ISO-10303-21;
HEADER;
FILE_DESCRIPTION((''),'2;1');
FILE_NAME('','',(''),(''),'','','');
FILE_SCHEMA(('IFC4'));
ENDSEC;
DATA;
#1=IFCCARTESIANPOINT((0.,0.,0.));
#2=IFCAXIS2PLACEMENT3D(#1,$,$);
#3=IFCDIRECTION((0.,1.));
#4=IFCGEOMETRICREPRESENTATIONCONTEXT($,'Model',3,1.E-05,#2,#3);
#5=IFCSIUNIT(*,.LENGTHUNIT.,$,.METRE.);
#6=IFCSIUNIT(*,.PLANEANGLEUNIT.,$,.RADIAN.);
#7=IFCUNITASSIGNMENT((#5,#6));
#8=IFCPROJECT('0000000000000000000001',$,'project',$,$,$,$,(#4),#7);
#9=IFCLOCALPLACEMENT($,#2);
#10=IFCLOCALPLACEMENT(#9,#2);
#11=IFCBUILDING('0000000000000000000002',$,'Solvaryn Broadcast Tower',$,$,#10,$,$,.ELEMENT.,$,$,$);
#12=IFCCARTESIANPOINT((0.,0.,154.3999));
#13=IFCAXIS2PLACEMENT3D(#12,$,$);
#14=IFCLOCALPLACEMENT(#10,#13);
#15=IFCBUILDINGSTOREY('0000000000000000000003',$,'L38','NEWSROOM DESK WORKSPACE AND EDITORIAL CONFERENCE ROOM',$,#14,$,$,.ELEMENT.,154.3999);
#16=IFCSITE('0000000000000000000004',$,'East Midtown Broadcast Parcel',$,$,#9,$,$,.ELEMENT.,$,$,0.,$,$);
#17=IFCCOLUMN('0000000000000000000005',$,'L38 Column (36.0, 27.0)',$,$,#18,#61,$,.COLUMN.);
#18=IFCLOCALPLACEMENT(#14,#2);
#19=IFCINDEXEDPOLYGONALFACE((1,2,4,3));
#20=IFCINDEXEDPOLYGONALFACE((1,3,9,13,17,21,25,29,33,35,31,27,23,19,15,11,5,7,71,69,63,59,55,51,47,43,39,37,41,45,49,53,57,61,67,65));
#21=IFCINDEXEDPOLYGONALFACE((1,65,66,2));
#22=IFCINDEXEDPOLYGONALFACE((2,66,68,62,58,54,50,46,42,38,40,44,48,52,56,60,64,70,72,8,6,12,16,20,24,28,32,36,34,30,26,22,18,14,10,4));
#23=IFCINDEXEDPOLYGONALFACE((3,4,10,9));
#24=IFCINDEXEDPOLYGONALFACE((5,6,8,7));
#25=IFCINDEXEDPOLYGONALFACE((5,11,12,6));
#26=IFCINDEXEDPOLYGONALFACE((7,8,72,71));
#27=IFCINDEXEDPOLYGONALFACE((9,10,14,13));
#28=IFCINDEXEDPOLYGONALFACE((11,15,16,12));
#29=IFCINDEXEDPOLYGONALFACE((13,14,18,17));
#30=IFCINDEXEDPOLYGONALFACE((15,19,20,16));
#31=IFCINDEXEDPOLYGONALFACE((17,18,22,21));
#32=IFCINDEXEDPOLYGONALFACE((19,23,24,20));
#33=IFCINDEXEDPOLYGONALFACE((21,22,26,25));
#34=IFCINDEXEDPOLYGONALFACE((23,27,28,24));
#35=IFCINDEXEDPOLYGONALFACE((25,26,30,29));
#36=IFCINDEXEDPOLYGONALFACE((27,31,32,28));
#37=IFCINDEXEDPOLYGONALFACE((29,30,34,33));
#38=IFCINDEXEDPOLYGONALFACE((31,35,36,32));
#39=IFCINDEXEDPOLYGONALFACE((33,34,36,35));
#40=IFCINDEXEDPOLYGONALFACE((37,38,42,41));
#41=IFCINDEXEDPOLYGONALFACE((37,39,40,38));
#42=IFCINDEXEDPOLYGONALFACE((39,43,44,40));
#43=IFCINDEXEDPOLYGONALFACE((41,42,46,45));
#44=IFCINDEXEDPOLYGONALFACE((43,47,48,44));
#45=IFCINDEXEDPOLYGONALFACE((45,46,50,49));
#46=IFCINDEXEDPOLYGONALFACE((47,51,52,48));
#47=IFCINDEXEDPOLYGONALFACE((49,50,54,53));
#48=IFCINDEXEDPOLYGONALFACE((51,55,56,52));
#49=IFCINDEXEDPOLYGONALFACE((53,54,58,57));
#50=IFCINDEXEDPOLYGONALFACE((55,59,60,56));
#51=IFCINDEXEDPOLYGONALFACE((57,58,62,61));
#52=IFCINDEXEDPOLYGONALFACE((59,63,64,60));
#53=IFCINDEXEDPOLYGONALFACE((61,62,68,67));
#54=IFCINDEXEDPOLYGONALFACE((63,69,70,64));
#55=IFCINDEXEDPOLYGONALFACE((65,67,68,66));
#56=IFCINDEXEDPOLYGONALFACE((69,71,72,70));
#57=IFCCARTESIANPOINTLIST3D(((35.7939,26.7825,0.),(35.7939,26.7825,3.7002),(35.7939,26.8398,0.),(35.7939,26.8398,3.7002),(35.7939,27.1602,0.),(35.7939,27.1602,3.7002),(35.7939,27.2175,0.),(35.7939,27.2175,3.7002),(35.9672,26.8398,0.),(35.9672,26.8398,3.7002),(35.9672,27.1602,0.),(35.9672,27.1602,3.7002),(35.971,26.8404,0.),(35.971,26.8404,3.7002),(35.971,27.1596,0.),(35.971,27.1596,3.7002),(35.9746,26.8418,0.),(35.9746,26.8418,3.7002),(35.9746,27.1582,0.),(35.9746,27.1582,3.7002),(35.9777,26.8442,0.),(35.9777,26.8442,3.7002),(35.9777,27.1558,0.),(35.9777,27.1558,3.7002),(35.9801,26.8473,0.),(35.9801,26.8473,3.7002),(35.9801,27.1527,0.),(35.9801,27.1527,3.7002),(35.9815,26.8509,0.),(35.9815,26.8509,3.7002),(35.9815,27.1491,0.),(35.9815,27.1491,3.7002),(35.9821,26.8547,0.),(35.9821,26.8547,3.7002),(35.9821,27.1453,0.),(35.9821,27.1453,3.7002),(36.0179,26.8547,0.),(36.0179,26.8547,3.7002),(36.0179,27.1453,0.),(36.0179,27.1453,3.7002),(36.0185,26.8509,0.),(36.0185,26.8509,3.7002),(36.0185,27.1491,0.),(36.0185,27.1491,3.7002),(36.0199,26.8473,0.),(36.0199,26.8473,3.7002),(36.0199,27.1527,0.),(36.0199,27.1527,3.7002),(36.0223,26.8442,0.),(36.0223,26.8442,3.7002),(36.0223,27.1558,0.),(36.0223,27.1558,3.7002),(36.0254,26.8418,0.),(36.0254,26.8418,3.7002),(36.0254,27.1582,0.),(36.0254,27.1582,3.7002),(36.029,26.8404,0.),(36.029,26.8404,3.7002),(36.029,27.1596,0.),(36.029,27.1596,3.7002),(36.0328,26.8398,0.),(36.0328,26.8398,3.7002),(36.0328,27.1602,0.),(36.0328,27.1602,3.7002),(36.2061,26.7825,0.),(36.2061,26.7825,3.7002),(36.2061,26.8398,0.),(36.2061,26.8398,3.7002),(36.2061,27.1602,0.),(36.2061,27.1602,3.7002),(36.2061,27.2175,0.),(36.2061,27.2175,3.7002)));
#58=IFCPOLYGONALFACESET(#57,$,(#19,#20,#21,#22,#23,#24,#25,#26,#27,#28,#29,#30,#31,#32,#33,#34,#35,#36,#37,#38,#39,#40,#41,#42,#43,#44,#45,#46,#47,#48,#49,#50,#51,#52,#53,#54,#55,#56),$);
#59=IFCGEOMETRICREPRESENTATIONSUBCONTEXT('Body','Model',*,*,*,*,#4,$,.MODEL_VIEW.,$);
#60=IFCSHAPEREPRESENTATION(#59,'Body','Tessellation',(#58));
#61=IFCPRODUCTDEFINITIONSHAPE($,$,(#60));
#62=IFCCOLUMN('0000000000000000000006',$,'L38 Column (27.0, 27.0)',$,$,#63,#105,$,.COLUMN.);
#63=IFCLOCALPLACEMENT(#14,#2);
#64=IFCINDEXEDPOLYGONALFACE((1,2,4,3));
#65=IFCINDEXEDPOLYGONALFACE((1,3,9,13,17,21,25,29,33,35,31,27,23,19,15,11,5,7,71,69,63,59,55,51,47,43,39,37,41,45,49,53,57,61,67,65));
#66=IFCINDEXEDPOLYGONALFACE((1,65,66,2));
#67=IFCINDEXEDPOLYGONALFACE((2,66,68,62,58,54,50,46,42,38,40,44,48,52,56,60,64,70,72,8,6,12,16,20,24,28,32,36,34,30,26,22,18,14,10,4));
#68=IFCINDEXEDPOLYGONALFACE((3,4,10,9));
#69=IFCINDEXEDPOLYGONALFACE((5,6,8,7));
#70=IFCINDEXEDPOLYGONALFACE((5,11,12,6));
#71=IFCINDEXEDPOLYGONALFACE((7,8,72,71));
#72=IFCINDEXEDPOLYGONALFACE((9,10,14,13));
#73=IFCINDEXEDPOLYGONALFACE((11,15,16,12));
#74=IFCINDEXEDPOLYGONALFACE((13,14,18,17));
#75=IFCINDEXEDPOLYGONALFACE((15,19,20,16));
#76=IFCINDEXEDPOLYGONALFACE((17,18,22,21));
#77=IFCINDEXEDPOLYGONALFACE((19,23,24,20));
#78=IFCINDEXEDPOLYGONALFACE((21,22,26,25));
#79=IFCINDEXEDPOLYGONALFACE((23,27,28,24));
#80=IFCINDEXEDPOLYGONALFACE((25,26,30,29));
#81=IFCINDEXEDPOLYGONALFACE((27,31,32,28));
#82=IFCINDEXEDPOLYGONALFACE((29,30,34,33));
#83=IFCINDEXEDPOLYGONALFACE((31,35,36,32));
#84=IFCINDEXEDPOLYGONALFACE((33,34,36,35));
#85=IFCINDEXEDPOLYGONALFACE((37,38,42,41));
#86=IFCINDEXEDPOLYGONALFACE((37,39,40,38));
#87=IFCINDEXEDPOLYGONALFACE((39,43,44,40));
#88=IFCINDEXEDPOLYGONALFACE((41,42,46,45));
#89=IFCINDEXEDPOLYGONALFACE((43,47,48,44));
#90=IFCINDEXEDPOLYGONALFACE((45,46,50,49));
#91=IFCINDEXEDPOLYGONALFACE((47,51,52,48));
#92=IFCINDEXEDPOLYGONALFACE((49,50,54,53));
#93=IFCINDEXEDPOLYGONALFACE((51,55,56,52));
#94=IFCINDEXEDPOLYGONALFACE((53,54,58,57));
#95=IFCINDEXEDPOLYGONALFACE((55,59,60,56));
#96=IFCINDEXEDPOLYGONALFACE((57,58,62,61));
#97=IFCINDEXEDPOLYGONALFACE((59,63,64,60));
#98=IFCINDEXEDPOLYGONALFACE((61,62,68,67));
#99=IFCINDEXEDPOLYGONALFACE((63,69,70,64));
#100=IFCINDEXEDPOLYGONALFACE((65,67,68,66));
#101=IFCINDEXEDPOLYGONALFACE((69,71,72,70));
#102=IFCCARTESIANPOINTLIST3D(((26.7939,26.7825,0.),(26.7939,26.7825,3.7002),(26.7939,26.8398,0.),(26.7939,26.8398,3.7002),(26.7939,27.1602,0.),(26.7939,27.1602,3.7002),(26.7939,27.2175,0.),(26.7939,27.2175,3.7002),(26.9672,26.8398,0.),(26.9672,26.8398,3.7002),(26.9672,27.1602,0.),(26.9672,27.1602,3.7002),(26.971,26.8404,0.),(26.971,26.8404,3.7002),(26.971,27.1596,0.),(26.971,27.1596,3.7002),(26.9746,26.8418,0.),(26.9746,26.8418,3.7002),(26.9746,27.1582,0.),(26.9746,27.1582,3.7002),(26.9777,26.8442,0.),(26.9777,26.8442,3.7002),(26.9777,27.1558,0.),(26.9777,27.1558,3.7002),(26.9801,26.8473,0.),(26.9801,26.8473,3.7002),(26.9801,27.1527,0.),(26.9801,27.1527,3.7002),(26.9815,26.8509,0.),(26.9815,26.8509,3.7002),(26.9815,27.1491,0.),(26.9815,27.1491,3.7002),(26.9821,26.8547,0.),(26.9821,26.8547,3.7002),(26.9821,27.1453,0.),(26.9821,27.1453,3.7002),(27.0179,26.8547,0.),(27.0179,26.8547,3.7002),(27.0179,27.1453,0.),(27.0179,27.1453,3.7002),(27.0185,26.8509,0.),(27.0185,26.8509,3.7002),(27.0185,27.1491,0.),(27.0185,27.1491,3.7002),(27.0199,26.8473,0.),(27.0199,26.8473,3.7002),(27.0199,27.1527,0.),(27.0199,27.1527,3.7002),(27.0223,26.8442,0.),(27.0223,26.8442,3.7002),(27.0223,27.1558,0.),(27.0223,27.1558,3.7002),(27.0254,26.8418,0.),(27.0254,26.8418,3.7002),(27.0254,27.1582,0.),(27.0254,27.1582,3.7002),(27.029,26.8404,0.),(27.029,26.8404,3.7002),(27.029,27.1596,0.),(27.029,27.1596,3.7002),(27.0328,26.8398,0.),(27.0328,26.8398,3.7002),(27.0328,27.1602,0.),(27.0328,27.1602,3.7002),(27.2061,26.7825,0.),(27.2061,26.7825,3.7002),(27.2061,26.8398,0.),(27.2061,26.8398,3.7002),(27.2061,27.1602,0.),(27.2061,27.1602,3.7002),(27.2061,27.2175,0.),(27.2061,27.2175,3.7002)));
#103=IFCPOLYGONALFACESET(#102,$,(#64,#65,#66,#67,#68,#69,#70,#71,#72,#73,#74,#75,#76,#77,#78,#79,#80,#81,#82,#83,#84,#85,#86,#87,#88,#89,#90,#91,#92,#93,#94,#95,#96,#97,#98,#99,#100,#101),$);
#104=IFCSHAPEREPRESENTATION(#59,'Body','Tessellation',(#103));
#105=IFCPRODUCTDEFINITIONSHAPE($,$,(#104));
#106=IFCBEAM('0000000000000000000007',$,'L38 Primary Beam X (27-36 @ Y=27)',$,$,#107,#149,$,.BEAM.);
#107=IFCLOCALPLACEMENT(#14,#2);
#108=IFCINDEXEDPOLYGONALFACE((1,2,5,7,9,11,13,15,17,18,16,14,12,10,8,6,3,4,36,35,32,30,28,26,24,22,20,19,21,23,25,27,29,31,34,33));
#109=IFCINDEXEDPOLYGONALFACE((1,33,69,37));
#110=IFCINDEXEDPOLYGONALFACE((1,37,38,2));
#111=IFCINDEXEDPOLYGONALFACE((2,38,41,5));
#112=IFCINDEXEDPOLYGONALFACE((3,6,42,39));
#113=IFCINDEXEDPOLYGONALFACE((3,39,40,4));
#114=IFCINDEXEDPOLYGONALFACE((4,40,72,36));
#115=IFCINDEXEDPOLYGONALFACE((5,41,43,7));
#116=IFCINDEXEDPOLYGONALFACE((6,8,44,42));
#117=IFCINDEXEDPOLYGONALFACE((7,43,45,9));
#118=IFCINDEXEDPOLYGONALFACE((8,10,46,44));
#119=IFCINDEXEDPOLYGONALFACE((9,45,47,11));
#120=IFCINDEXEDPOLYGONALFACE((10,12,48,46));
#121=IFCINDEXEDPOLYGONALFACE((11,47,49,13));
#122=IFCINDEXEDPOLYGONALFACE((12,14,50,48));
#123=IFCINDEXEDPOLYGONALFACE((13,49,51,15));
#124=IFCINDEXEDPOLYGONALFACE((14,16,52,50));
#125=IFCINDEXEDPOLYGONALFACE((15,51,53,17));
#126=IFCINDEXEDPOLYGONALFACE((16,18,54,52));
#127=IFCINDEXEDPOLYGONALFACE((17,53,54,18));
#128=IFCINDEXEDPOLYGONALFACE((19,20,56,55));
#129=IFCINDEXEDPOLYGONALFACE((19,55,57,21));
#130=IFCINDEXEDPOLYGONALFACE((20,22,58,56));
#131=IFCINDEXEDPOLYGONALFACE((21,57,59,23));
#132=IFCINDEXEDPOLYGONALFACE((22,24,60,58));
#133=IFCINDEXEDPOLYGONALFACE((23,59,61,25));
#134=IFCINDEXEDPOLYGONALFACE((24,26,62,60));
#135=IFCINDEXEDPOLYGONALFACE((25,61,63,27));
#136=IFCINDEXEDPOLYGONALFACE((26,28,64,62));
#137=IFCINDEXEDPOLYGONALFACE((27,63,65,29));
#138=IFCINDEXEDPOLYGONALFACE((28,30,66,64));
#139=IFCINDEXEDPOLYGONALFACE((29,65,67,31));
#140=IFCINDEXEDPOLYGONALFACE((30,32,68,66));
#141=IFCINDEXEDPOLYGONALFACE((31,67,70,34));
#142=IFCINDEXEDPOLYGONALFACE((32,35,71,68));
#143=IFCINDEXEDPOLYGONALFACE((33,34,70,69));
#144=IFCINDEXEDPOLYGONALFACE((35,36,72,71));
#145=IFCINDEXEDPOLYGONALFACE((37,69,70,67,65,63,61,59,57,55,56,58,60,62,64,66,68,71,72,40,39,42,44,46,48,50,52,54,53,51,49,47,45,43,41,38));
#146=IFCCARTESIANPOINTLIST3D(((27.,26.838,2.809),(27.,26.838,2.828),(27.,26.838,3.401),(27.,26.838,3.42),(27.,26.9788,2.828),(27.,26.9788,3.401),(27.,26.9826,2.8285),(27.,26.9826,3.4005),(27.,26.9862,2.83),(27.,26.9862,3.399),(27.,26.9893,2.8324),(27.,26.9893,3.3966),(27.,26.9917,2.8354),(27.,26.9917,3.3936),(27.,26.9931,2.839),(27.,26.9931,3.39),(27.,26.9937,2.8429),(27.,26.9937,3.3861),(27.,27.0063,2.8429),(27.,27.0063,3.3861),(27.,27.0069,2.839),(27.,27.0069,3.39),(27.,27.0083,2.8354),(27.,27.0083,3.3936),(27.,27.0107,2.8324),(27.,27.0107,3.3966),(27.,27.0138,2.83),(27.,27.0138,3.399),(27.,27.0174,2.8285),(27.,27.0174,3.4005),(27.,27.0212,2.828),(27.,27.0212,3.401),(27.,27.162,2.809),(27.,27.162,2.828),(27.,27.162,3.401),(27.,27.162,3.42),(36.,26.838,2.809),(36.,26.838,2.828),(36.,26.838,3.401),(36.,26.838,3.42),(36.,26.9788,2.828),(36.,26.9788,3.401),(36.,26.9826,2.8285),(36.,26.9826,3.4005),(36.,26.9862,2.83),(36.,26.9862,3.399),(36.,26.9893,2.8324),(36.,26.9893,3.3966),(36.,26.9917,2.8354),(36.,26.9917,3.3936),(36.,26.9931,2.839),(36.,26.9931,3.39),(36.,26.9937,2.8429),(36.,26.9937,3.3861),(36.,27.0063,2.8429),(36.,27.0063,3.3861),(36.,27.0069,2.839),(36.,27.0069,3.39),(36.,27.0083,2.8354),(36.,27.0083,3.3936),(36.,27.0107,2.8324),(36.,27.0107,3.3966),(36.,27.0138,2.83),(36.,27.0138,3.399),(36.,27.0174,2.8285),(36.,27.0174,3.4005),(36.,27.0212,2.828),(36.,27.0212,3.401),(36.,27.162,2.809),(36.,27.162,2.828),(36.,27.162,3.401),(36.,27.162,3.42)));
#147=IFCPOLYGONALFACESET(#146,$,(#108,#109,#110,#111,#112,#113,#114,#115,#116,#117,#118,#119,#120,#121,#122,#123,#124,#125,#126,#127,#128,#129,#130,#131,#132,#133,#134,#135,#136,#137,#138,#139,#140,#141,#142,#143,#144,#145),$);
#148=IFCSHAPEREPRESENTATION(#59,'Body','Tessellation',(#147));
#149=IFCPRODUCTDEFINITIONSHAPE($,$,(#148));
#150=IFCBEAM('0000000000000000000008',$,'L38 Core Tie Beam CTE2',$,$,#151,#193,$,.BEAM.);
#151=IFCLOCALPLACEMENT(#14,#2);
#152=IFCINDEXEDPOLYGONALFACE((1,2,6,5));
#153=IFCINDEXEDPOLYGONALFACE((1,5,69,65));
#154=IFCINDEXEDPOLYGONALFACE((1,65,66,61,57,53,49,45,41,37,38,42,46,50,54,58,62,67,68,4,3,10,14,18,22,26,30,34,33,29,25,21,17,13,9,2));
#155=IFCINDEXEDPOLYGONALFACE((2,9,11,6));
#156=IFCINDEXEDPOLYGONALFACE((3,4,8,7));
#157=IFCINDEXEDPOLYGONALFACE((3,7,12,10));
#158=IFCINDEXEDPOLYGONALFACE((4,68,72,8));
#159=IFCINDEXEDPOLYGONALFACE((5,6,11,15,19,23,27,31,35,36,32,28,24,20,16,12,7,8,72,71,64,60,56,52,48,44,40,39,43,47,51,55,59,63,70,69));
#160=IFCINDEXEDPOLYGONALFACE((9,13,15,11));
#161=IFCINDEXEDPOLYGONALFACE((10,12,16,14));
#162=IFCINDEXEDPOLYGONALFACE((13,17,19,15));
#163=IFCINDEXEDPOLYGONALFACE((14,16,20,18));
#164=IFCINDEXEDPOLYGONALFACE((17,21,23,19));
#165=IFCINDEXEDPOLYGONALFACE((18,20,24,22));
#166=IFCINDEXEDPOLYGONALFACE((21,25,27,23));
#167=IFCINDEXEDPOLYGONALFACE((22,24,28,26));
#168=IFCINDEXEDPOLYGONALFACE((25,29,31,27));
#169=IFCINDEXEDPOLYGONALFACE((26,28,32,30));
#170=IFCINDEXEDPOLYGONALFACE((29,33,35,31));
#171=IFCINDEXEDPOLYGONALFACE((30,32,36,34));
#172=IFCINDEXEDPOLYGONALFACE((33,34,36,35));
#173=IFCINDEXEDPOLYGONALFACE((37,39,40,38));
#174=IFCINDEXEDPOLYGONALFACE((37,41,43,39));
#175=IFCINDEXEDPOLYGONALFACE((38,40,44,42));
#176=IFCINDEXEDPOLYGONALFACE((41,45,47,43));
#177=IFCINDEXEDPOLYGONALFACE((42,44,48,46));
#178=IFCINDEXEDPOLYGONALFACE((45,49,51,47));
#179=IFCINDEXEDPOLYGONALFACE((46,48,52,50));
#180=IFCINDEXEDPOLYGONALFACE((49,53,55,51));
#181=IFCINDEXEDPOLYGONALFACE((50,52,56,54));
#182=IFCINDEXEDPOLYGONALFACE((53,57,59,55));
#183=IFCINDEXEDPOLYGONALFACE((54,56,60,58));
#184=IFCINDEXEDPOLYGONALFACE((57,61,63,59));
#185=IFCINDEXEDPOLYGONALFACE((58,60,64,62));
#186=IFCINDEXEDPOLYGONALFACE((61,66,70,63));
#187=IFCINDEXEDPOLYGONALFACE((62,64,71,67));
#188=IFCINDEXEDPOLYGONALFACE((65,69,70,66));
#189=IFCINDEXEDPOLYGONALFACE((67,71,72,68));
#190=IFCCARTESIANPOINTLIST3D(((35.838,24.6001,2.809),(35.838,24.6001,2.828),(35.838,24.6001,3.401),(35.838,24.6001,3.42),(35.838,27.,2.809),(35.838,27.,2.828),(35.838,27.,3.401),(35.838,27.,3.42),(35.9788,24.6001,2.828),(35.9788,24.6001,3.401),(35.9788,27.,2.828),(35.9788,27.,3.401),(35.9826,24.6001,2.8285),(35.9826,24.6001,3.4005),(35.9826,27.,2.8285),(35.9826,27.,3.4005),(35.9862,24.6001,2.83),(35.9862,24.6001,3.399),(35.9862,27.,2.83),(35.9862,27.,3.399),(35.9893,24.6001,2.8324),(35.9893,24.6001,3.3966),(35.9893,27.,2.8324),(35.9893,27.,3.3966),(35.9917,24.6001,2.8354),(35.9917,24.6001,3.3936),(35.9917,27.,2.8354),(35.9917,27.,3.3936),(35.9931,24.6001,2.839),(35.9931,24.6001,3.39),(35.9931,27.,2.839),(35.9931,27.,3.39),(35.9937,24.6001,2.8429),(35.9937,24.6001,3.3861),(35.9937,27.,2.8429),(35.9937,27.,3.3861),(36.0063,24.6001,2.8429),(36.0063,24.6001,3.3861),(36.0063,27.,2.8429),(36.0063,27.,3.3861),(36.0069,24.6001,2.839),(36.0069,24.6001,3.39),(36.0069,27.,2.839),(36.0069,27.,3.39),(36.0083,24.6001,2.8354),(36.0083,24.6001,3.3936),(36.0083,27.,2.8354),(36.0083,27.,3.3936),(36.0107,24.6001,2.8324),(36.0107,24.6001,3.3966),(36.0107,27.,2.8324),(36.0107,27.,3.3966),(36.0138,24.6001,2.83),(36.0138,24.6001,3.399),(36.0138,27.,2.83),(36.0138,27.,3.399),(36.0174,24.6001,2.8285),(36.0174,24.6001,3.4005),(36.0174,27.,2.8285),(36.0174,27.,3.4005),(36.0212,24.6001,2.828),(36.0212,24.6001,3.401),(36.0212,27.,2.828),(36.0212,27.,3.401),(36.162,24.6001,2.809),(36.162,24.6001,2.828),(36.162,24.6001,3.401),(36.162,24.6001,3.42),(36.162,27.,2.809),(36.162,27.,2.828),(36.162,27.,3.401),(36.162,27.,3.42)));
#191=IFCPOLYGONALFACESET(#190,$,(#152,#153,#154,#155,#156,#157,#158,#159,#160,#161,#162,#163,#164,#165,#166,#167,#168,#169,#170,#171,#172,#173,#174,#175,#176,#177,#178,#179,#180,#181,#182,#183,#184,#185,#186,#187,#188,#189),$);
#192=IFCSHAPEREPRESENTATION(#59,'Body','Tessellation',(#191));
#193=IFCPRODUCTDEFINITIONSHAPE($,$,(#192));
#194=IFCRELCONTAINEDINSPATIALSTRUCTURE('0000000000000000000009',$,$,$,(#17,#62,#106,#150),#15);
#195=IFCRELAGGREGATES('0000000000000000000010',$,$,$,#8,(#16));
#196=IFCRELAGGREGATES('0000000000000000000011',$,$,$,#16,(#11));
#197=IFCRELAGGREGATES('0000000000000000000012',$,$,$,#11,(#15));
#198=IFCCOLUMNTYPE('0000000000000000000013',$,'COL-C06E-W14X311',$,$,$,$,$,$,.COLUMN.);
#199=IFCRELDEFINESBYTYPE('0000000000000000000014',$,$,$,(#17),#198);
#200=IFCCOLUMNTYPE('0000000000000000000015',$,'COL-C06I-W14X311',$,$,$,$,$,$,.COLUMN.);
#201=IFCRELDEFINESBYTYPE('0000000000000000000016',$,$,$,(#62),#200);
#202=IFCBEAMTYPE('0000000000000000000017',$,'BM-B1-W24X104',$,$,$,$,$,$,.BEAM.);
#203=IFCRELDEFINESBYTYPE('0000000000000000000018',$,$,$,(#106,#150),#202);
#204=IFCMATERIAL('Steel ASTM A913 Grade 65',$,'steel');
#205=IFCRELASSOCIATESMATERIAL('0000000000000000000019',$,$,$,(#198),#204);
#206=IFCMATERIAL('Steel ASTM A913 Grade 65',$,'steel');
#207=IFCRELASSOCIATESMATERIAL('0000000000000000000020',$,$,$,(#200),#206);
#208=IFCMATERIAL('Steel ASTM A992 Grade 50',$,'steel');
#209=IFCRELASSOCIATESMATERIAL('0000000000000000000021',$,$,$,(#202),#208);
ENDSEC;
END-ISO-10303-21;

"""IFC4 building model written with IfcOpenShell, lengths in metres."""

from ifc_helpers import new_model, si_unit, direction, frame, origin, origin_2d, place, context, subcontext, project, spatial, i_section, extrude, material, material_profile, profile_set, type_object, element, save


model = new_model("IFC4")

# Units and contexts
model_context = context("Model", 3, precision=1e-05, world=origin(), true_north=direction((0.0, 1.0)))
body_context = subcontext(model_context, "Body", "Model", "MODEL_VIEW")
ifc_project = project(units=[si_unit("LENGTHUNIT", "METRE"), si_unit("PLANEANGLEUNIT", "RADIAN")], contexts=[model_context])

# Site, building, storey
site_placement = place(None, origin())
site = spatial("IfcSite", under=ifc_project, at=site_placement, Name="East Midtown Broadcast Parcel", CompositionType="ELEMENT", RefElevation=0.0)
building_placement = place(site_placement, origin())
building = spatial("IfcBuilding", under=site, at=building_placement, Name="Solvaryn Broadcast Tower", CompositionType="ELEMENT")
storey_placement = place(building_placement, frame((0.0, 0.0, 154.3999)))
storey = spatial("IfcBuildingStorey", under=building, at=storey_placement, Name="L38", Description="NEWSROOM DESK WORKSPACE AND EDITORIAL CONFERENCE ROOM", CompositionType="ELEMENT", Elevation=154.3999)

# Columns
ifc_material_1 = material(Name="Steel ASTM A913 Grade 65", Category="steel")
ifc_material_profile_1 = material_profile(ifc_material_1, i_section(OverallWidth=0.4121, OverallDepth=0.4351, WebThickness=0.0359, FlangeThickness=0.0574, FilletRadius=0.0149, at=origin_2d()))
ifc_profile_set_1 = profile_set([ifc_material_profile_1], Name="Steel ASTM A913 Grade 65")
column_type_1 = type_object("IfcColumnType", Name="COL-C06E-W14X311", PredefinedType="COLUMN", material=ifc_profile_set_1)
column_1_placement = place(storey_placement, frame((36.0, 27.0, 0.0), z_axis=(0.0, 0.0, 1.0), x_axis=(1.0, 0.0, 0.0)))
element("IfcColumn", 1, at=column_1_placement, inside=storey, type_object=column_type_1, Name="L38 Column (36.0, 27.0)", PredefinedType="COLUMN", context=body_context, shape_type="SweptSolid", body=[
    extrude(i_section(OverallWidth=0.4121, OverallDepth=0.4351, WebThickness=0.0359, FlangeThickness=0.0574, FilletRadius=0.0149, at=origin_2d()), origin(), (0.0, 0.0, 1.0), 3.7002),
])
ifc_material_2 = material(Name="Steel ASTM A913 Grade 65", Category="steel")
ifc_material_profile_2 = material_profile(ifc_material_2, i_section(OverallWidth=0.4121, OverallDepth=0.4351, WebThickness=0.0359, FlangeThickness=0.0574, FilletRadius=0.0149, at=origin_2d()))
ifc_profile_set_2 = profile_set([ifc_material_profile_2], Name="Steel ASTM A913 Grade 65")
column_type_2 = type_object("IfcColumnType", Name="COL-C06I-W14X311", PredefinedType="COLUMN", material=ifc_profile_set_2)
column_2_placement = place(storey_placement, frame((27.0, 27.0, 0.0), z_axis=(0.0, 0.0, 1.0), x_axis=(1.0, 0.0, 0.0)))
element("IfcColumn", 2, at=column_2_placement, inside=storey, type_object=column_type_2, Name="L38 Column (27.0, 27.0)", PredefinedType="COLUMN", context=body_context, shape_type="SweptSolid", body=[
    extrude(i_section(OverallWidth=0.4121, OverallDepth=0.4351, WebThickness=0.0359, FlangeThickness=0.0574, FilletRadius=0.0149, at=origin_2d()), origin(), (0.0, 0.0, 1.0), 3.7002),
])

# Beams
ifc_material_3 = material(Name="Steel ASTM A992 Grade 50", Category="steel")
ifc_material_profile_3 = material_profile(ifc_material_3, i_section(OverallWidth=0.324, OverallDepth=0.6111, WebThickness=0.0127, FlangeThickness=0.019, FilletRadius=0.0149, at=origin_2d()))
ifc_profile_set_3 = profile_set([ifc_material_profile_3], Name="Steel ASTM A992 Grade 50")
beam_type_1 = type_object("IfcBeamType", Name="BM-B1-W24X104", PredefinedType="BEAM", material=ifc_profile_set_3)
beam_1_placement = place(storey_placement, frame((27.0, 27.0, 3.1145), z_axis=(1.0, 0.0, 0.0), x_axis=(0.0, 1.0, 0.0)))
element("IfcBeam", 3, at=beam_1_placement, inside=storey, type_object=beam_type_1, Name="L38 Primary Beam X (27-36 @ Y=27)", PredefinedType="BEAM", context=body_context, shape_type="SweptSolid", body=[
    extrude(i_section(OverallWidth=0.324, OverallDepth=0.6111, WebThickness=0.0127, FlangeThickness=0.019, FilletRadius=0.0149, at=origin_2d()), origin(), (0.0, 0.0, 1.0), 9.0),
])
beam_2_placement = place(storey_placement, frame((36.0, 24.6001, 3.1145), z_axis=(0.0, 1.0, 0.0), x_axis=(-1.0, 0.0, 0.0)))
element("IfcBeam", 4, at=beam_2_placement, inside=storey, type_object=beam_type_1, Name="L38 Core Tie Beam CTE2", PredefinedType="BEAM", context=body_context, shape_type="SweptSolid", body=[
    extrude(i_section(OverallWidth=0.324, OverallDepth=0.6111, WebThickness=0.0127, FlangeThickness=0.019, FilletRadius=0.0149, at=origin_2d()), origin(), (0.0, 0.0, 1.0), 2.3999),
])

save(model, "model.ifc")
